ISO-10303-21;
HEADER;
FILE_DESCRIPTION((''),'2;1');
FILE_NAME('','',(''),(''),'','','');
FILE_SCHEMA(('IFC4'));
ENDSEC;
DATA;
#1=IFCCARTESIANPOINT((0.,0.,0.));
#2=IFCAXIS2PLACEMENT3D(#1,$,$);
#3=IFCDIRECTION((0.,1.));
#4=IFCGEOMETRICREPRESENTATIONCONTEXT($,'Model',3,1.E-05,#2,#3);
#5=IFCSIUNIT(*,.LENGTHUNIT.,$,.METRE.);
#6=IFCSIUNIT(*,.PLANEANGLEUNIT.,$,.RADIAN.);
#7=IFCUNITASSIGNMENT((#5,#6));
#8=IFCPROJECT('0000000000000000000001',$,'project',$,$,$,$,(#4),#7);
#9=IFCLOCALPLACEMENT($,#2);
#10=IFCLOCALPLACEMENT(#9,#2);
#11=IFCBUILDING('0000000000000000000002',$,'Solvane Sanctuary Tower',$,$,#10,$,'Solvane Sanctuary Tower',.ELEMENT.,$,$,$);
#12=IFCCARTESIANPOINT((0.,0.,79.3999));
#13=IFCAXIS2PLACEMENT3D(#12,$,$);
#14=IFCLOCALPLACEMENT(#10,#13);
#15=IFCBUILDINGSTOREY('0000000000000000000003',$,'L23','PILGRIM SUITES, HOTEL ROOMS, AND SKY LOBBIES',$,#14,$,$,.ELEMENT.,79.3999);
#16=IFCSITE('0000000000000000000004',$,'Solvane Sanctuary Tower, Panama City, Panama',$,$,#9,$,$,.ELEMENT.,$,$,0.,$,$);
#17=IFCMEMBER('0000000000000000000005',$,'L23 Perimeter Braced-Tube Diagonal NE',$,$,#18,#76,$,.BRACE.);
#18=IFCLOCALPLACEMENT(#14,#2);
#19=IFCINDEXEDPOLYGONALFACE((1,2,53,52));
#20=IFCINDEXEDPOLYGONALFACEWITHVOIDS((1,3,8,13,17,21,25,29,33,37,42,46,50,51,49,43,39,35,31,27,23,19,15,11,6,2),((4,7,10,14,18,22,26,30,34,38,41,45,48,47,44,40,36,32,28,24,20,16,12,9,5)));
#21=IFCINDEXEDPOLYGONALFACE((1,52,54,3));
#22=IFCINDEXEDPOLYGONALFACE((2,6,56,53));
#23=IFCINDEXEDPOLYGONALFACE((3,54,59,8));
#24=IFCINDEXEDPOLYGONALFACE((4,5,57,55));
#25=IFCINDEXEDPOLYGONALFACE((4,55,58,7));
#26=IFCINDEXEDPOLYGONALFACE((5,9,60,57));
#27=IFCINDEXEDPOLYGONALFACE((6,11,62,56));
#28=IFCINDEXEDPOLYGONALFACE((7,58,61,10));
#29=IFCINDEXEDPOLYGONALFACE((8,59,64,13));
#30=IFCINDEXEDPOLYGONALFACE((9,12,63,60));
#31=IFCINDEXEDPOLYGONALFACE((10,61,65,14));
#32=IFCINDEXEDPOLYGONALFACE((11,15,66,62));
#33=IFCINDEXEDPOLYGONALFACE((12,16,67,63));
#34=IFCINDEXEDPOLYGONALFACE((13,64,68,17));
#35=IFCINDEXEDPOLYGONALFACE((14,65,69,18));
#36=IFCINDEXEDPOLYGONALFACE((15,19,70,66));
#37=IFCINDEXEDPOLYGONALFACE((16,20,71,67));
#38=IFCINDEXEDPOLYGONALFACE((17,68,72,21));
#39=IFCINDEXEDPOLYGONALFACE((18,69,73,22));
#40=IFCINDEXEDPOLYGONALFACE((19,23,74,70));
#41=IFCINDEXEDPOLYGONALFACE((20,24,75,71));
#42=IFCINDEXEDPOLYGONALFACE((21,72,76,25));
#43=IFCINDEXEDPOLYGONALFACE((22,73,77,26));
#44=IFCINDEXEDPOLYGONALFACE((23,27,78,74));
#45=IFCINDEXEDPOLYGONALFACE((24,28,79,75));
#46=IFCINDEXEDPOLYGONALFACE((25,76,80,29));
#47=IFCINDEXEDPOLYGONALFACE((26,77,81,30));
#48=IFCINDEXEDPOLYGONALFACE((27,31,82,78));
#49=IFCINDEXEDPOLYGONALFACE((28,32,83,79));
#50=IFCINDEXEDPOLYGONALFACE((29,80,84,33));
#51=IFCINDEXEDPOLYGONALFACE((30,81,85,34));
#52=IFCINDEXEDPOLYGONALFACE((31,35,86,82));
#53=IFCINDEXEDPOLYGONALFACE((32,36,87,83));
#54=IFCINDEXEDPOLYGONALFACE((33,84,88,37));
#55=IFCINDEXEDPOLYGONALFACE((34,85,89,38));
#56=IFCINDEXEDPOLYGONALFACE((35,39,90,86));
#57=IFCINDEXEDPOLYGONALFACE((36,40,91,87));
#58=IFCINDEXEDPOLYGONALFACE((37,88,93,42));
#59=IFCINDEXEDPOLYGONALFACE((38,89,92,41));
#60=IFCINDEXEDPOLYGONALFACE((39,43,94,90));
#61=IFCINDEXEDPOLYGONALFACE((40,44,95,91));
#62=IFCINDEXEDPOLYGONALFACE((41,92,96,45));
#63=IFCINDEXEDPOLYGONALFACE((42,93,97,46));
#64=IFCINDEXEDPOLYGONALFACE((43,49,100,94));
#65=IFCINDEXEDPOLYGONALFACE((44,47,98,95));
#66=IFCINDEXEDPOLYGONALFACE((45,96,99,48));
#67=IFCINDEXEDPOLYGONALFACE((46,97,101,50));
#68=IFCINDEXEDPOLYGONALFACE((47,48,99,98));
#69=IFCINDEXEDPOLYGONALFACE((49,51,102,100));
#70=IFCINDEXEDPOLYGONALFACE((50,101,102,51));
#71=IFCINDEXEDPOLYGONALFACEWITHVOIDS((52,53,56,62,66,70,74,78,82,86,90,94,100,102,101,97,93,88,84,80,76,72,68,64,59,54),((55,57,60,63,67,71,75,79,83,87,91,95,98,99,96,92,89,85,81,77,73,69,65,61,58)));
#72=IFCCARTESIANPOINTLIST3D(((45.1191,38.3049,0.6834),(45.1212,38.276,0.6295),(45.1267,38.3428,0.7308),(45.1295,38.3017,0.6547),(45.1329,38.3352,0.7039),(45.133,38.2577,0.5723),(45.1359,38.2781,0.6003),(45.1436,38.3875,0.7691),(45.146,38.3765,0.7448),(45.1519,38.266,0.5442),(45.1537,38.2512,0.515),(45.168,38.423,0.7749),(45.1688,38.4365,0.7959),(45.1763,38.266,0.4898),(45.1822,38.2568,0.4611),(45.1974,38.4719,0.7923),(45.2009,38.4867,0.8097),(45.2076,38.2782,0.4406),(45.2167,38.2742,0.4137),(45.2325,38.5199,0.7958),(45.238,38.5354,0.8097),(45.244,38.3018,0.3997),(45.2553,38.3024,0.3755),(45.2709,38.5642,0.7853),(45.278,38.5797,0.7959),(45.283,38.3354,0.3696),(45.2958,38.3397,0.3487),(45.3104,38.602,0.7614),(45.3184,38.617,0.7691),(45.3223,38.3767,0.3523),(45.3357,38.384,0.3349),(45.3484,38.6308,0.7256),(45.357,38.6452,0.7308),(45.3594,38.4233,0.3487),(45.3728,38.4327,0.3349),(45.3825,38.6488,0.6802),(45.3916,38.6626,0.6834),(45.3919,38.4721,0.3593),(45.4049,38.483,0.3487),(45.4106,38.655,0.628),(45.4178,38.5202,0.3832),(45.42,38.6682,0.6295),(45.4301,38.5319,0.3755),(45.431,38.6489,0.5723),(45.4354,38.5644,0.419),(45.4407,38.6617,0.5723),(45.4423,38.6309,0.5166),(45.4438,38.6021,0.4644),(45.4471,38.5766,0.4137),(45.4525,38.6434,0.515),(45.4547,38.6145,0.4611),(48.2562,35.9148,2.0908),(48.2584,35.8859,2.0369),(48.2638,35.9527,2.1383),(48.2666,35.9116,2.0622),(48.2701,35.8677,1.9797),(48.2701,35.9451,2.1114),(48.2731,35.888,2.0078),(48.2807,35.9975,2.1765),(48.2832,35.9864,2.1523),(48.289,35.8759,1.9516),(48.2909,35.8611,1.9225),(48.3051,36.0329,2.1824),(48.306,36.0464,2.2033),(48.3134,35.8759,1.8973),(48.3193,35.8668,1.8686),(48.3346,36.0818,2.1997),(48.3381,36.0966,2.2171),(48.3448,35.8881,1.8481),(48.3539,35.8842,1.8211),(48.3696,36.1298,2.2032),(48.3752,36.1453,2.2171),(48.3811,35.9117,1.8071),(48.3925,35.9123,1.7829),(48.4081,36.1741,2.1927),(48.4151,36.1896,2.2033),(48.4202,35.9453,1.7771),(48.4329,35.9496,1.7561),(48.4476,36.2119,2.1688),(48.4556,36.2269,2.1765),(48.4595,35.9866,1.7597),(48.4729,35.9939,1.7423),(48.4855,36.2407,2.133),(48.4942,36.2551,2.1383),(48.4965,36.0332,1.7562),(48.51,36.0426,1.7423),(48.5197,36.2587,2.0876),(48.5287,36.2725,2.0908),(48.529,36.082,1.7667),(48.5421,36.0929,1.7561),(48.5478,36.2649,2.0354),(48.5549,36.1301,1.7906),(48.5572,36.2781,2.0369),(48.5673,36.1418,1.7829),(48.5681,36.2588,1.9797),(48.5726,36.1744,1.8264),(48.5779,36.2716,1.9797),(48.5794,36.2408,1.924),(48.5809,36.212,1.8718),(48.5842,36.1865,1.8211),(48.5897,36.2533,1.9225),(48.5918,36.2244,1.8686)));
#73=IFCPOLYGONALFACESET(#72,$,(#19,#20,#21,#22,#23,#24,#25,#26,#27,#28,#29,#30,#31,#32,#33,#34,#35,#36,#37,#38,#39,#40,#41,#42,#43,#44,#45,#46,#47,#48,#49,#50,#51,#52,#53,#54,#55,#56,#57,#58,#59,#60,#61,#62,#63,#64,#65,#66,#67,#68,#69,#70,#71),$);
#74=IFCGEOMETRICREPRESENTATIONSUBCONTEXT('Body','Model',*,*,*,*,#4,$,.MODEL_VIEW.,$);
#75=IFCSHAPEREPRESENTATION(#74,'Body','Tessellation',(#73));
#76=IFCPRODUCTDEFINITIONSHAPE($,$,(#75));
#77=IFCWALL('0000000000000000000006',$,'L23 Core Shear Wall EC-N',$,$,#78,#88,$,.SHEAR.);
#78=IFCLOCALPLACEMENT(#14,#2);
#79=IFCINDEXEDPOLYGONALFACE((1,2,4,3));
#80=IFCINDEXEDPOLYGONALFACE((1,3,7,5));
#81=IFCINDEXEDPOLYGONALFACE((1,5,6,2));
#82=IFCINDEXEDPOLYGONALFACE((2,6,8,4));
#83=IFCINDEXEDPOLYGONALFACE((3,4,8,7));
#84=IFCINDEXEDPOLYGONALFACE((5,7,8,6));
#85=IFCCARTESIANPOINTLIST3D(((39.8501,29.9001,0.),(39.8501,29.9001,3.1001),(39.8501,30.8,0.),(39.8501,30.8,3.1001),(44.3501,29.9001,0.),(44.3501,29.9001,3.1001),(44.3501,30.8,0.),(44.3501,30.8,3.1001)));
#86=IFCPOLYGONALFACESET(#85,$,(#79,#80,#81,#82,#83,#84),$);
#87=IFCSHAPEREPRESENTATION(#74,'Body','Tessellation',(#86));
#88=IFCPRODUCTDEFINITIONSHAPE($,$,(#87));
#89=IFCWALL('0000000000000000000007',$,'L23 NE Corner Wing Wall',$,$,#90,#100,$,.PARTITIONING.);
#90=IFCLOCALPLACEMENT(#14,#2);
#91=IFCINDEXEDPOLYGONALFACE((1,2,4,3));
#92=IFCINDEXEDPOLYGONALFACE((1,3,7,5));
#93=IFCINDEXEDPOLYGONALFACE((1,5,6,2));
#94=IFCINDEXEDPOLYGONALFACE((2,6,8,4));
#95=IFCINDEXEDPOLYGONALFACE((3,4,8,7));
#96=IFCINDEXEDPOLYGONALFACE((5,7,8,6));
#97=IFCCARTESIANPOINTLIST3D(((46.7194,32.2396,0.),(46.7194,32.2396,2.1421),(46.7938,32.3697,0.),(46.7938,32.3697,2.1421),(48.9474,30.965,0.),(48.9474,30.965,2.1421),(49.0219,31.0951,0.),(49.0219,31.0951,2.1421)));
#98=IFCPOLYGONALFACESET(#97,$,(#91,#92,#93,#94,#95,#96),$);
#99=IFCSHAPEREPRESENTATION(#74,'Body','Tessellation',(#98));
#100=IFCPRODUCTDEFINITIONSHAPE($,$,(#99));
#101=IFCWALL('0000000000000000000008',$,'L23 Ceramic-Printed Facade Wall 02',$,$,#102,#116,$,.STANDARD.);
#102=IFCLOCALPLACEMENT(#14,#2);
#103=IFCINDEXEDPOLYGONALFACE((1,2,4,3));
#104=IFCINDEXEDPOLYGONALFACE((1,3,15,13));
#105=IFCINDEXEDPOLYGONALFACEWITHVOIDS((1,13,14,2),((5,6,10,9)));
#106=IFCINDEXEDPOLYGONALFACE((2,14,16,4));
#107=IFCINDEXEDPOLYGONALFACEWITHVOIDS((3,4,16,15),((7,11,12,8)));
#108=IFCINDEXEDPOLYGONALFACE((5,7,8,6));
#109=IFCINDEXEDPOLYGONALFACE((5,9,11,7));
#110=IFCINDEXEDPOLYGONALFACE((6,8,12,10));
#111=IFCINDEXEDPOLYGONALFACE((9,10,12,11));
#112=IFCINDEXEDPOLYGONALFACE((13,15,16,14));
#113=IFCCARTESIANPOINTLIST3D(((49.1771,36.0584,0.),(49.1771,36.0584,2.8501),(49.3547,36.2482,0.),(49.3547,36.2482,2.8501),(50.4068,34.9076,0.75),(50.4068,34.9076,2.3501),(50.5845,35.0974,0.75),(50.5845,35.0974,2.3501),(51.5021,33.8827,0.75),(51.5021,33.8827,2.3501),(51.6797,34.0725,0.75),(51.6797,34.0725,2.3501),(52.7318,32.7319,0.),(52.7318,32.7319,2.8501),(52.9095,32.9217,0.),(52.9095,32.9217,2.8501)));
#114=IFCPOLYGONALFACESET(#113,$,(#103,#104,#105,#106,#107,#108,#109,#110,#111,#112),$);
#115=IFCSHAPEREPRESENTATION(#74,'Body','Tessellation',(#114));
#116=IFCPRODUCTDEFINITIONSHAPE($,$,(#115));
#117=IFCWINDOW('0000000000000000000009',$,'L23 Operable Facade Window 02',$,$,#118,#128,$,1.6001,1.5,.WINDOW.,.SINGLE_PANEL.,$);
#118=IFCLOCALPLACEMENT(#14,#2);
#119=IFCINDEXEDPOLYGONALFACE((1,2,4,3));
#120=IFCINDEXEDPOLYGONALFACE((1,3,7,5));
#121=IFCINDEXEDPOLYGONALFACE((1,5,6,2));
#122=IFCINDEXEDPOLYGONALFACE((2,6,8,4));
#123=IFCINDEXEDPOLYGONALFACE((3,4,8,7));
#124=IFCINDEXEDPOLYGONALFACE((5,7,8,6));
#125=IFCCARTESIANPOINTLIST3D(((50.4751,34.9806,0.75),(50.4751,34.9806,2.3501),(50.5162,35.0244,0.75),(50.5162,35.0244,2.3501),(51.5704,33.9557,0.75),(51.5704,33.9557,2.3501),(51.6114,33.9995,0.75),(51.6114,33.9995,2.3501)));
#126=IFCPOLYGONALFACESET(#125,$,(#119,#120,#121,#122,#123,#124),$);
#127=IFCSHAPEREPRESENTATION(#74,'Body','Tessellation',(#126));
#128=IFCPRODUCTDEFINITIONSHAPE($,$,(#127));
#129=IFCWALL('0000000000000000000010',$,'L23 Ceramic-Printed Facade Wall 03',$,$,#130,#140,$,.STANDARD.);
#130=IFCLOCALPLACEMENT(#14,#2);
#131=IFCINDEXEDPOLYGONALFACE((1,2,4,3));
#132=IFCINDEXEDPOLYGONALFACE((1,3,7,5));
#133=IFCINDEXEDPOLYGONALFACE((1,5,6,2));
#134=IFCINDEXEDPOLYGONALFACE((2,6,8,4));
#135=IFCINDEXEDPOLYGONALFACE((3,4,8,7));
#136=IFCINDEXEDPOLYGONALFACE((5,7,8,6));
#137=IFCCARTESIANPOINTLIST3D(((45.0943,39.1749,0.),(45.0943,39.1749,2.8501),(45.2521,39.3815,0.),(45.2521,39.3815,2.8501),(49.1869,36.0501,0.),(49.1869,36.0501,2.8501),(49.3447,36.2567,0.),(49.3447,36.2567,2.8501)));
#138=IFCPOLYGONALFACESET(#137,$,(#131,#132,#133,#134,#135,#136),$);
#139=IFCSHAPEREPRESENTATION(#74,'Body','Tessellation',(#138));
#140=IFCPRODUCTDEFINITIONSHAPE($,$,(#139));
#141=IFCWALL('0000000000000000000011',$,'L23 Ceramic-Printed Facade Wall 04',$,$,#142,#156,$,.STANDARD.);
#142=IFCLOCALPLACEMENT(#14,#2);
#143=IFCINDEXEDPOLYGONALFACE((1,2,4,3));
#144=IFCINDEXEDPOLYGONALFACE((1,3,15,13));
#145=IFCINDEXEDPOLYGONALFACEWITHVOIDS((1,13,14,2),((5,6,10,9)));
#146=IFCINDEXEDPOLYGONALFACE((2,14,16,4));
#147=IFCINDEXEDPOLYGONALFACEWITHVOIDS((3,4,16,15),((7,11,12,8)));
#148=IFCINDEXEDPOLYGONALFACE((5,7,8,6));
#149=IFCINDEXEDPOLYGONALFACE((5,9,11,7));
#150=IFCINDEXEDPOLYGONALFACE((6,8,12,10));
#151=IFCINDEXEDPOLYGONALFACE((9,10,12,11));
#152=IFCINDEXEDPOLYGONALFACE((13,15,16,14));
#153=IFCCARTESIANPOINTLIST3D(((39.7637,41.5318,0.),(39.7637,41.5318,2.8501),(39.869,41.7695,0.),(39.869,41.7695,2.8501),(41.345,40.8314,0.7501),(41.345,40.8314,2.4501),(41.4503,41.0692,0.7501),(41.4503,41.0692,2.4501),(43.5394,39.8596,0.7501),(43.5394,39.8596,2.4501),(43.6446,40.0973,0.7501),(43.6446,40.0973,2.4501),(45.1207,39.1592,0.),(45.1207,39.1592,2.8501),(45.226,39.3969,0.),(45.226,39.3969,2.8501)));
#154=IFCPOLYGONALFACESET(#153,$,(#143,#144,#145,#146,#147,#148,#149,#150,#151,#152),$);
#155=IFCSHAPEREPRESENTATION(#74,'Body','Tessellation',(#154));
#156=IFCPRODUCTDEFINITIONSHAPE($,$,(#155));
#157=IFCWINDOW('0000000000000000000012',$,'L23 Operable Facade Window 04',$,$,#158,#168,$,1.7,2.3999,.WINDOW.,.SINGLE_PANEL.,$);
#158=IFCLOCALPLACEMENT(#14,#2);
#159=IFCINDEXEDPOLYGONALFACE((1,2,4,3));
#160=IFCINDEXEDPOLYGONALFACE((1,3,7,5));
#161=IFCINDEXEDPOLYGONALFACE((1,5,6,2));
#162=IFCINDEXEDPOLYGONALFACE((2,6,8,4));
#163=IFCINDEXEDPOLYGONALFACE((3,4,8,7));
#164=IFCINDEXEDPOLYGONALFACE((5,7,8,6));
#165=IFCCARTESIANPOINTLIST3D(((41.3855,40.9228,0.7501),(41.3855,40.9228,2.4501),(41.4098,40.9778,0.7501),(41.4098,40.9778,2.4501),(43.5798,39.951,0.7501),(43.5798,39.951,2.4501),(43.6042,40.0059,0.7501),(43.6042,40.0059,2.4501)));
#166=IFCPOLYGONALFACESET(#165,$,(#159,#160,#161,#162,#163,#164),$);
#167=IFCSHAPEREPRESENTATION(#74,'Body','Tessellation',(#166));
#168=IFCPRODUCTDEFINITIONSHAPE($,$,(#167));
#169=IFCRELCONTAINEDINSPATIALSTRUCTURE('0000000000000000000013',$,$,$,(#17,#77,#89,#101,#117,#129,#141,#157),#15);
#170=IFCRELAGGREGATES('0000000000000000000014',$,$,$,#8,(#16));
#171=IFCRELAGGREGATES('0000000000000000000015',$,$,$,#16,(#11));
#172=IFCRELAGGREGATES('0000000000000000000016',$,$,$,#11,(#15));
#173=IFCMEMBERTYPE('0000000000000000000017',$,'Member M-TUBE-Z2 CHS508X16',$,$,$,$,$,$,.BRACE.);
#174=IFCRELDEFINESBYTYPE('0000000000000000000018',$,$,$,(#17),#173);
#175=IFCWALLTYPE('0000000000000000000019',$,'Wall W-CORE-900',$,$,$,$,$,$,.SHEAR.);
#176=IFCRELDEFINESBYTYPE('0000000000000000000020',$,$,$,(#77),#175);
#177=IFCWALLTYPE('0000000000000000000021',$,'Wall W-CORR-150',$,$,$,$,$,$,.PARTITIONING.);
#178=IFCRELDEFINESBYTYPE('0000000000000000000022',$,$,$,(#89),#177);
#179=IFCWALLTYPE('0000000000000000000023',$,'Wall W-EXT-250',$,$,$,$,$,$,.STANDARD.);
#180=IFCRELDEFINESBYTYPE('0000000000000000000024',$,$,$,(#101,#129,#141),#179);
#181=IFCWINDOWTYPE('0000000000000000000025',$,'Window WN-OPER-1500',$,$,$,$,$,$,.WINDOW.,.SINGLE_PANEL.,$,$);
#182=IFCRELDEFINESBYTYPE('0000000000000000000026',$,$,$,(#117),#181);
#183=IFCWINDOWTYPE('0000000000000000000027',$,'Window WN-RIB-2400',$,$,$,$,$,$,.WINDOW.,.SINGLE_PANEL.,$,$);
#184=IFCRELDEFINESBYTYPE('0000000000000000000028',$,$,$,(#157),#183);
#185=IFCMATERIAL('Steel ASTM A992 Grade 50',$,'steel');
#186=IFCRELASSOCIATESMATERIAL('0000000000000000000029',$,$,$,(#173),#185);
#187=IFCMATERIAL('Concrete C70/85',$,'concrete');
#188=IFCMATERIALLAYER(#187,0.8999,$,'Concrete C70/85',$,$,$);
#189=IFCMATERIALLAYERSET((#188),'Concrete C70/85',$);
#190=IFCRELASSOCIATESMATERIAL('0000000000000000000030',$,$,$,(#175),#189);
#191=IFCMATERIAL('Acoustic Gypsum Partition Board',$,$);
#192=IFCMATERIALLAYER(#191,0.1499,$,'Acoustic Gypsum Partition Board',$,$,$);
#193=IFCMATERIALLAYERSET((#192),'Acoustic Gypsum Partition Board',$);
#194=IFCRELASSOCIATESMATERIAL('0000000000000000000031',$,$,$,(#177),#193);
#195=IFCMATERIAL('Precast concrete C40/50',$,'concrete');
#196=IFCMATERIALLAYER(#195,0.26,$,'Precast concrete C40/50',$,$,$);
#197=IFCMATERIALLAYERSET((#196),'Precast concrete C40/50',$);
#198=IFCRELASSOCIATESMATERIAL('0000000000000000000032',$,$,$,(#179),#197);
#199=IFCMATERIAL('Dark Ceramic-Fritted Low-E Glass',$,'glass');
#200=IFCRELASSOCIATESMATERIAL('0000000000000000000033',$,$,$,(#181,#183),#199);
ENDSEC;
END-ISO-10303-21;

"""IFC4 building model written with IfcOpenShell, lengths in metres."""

from ifc_helpers import new_model, si_unit, direction, frame, frame_2d, origin, origin_2d, place, context, subcontext, project, spatial, rectangle, hollow_circle, extrude, material, layer, layer_set, material_profile, profile_set, type_object, element, fill, save


model = new_model("IFC4")

# Units and contexts
model_context = context("Model", 3, precision=1e-05, world=origin(), true_north=direction((0.0, 1.0)))
body_context = subcontext(model_context, "Body", "Model", "MODEL_VIEW")
ifc_project = project(units=[si_unit("LENGTHUNIT", "METRE"), si_unit("PLANEANGLEUNIT", "RADIAN")], contexts=[model_context])

# Site, building, storey
site_placement = place(None, origin())
site = spatial("IfcSite", under=ifc_project, at=site_placement, Name="Solvane Sanctuary Tower, Panama City, Panama", CompositionType="ELEMENT", RefElevation=0.0)
building_placement = place(site_placement, origin())
building = spatial("IfcBuilding", under=site, at=building_placement, Name="Solvane Sanctuary Tower", LongName="Solvane Sanctuary Tower", CompositionType="ELEMENT")
storey_placement = place(building_placement, frame((0.0, 0.0, 79.3999)))
storey = spatial("IfcBuildingStorey", under=building, at=storey_placement, Name="L23", Description="PILGRIM SUITES, HOTEL ROOMS, AND SKY LOBBIES", CompositionType="ELEMENT", Elevation=79.3999)

# Shared definitions
ifc_material_1 = material(Name="Concrete C70/85", Category="concrete")

# Shared definitions
ifc_material_2 = material(Name="Steel ASTM A992 Grade 50", Category="steel")

# Member
ifc_material_profile_1 = material_profile(ifc_material_2, hollow_circle(Radius=0.2539, WallThickness=0.0161, at=origin_2d()), Name="CHS508X16")
ifc_profile_set_1 = profile_set([ifc_material_profile_1], Name="Steel ASTM A992 Grade 50")
member_type = type_object("IfcMemberType", Name="Member M-TUBE-Z2 CHS508X16", PredefinedType="BRACE", material=ifc_profile_set_1)
member_placement = place(storey_placement, frame((45.2869, 38.4597, 0.5723), z_axis=(0.74917, -0.570769, 0.336106), x_axis=(0.606025, 0.795446, 0.0)))
element("IfcMember", 1, at=member_placement, inside=storey, type_object=member_type, Name="L23 Perimeter Braced-Tube Diagonal NE", PredefinedType="BRACE", context=body_context, shape_type="SweptSolid", body=[
    extrude(hollow_circle(Radius=0.2539, WallThickness=0.0161, at=origin_2d()), origin(), (0.0, 0.0, 1.0), 4.1875),
])

# Walls
ifc_layer_1 = layer(ifc_material_1, 0.8999, Name="Concrete C70/85")
ifc_layer_set_1 = layer_set([ifc_layer_1], Name="Concrete C70/85")
wall_type_1 = type_object("IfcWallType", Name="Wall W-CORE-900", PredefinedType="SHEAR", material=ifc_layer_set_1)
wall_1_placement = place(storey_placement, frame((39.8501, 30.3501, 0.0), z_axis=(0.0, 0.0, 1.0), x_axis=(1.0, 0.0, 0.0)))
element("IfcWall", 2, at=wall_1_placement, inside=storey, type_object=wall_type_1, Name="L23 Core Shear Wall EC-N", PredefinedType="SHEAR", context=body_context, shape_type="SweptSolid", body=[
    extrude(rectangle(XDim=4.5, YDim=0.8999, at=frame_2d((2.25, 0.0))), origin(), (0.0, 0.0, 1.0), 3.1001),
])
ifc_material_3 = material(Name="Acoustic Gypsum Partition Board")
ifc_layer_2 = layer(ifc_material_3, 0.1499, Name="Acoustic Gypsum Partition Board")
ifc_layer_set_2 = layer_set([ifc_layer_2], Name="Acoustic Gypsum Partition Board")
wall_type_2 = type_object("IfcWallType", Name="Wall W-CORR-150", PredefinedType="PARTITIONING", material=ifc_layer_set_2)
wall_2_placement = place(storey_placement, frame((46.7566, 32.3047, 0.0), z_axis=(0.0, 0.0, 1.0), x_axis=(0.867991, -0.496579, 0.0)))
element("IfcWall", 3, at=wall_2_placement, inside=storey, type_object=wall_type_2, Name="L23 NE Corner Wing Wall", PredefinedType="PARTITIONING", context=body_context, shape_type="SweptSolid", body=[
    extrude(rectangle(XDim=2.5669, YDim=0.1499, at=frame_2d((1.2834, 0.0))), origin(), (0.0, 0.0, 1.0), 2.1421),
])

# Wall, opening, window
ifc_material_4 = material(Name="Precast concrete C40/50", Category="concrete")
ifc_layer_3 = layer(ifc_material_4, 0.26, Name="Precast concrete C40/50")
ifc_layer_set_3 = layer_set([ifc_layer_3], Name="Precast concrete C40/50")
wall_type_3 = type_object("IfcWallType", Name="Wall W-EXT-250", PredefinedType="STANDARD", material=ifc_layer_set_3)
wall_3_placement = place(storey_placement, frame((52.8206, 32.8269, 0.0), z_axis=(0.0, 0.0, 1.0), x_axis=(-0.730162, 0.683274, 0.0)))
wall_3 = element("IfcWall", 4, at=wall_3_placement, inside=storey, type_object=wall_type_3, Name="L23 Ceramic-Printed Facade Wall 02", PredefinedType="STANDARD", context=body_context, shape_type="SweptSolid", body=[
    extrude(rectangle(XDim=4.8684, YDim=0.26, at=frame_2d((2.4341, 0.0))), origin(), (0.0, 0.0, 1.0), 2.8501),
])
opening_1_placement = place(wall_3_placement, frame((1.6841, 0.0, 0.75)))
opening_1 = element("IfcOpeningElement", 5, at=opening_1_placement, cuts=wall_3, PredefinedType="OPENING", context=body_context, shape_type="SweptSolid", body=[
    extrude(rectangle(XDim=1.5, YDim=1.6001, at=frame_2d((0.75, 0.8))), frame((0.0, 0.1399, 0.0), z_axis=(0.0, -1.0, 0.0), x_axis=(1.0, 0.0, 0.0)), (0.0, 0.0, 1.0), 0.28),
])
ifc_material_5 = material(Name="Dark Ceramic-Fritted Low-E Glass", Category="glass")
window_type_1 = type_object("IfcWindowType", Name="Window WN-OPER-1500", PartitioningType="SINGLE_PANEL", PredefinedType="WINDOW", material=ifc_material_5)
window_1_placement = place(opening_1_placement, origin())
window_1 = element("IfcWindow", 6, at=window_1_placement, inside=storey, type_object=window_type_1, Name="L23 Operable Facade Window 02", OverallHeight=1.6001, OverallWidth=1.5, PartitioningType="SINGLE_PANEL", PredefinedType="WINDOW", context=body_context, shape_type="SweptSolid", body=[
    extrude(rectangle(XDim=1.5, YDim=1.6001, at=frame_2d((0.75, 0.8))), frame((0.0, 0.03, 0.0), z_axis=(0.0, -1.0, 0.0), x_axis=(1.0, 0.0, 0.0)), (0.0, 0.0, 1.0), 0.0601),
])
fill(opening_1, window_1)

# Wall
wall_4_placement = place(storey_placement, frame((49.2659, 36.1533, 0.0), z_axis=(0.0, 0.0, 1.0), x_axis=(-0.79481, 0.606859, 0.0)))
element("IfcWall", 7, at=wall_4_placement, inside=storey, type_object=wall_type_3, Name="L23 Ceramic-Printed Facade Wall 03", PredefinedType="STANDARD", context=body_context, shape_type="SweptSolid", body=[
    extrude(rectangle(XDim=5.1492, YDim=0.26, at=frame_2d((2.5747, 0.0))), origin(), (0.0, 0.0, 1.0), 2.8501),
])

# Wall, opening, window
wall_5_placement = place(storey_placement, frame((45.1733, 39.2781, 0.0), z_axis=(0.0, 0.0, 1.0), x_axis=(-0.914337, 0.404955, 0.0)))
wall_5 = element("IfcWall", 8, at=wall_5_placement, inside=storey, type_object=wall_type_3, Name="L23 Ceramic-Printed Facade Wall 04", PredefinedType="STANDARD", context=body_context, shape_type="SweptSolid", body=[
    extrude(rectangle(XDim=5.8589, YDim=0.26, at=frame_2d((2.9294, 0.0))), origin(), (0.0, 0.0, 1.0), 2.8501),
])
opening_2_placement = place(wall_5_placement, frame((1.7295, 0.0, 0.75)))
opening_2 = element("IfcOpeningElement", 9, at=opening_2_placement, cuts=wall_5, PredefinedType="OPENING", context=body_context, shape_type="SweptSolid", body=[
    extrude(rectangle(XDim=2.3999, YDim=1.7, at=frame_2d((1.2, 0.8501))), frame((0.0, 0.1399, 0.0), z_axis=(0.0, -1.0, 0.0), x_axis=(1.0, 0.0, 0.0)), (0.0, 0.0, 1.0), 0.28),
])
window_type_2 = type_object("IfcWindowType", Name="Window WN-RIB-2400", PartitioningType="SINGLE_PANEL", PredefinedType="WINDOW", material=ifc_material_5)
window_2_placement = place(opening_2_placement, origin())
window_2 = element("IfcWindow", 10, at=window_2_placement, inside=storey, type_object=window_type_2, Name="L23 Operable Facade Window 04", OverallHeight=1.7, OverallWidth=2.3999, PartitioningType="SINGLE_PANEL", PredefinedType="WINDOW", context=body_context, shape_type="SweptSolid", body=[
    extrude(rectangle(XDim=2.3999, YDim=1.7, at=frame_2d((1.2, 0.8501))), frame((0.0, 0.03, 0.0), z_axis=(0.0, -1.0, 0.0), x_axis=(1.0, 0.0, 0.0)), (0.0, 0.0, 1.0), 0.0601),
])
fill(opening_2, window_2)

save(model, "model.ifc")
